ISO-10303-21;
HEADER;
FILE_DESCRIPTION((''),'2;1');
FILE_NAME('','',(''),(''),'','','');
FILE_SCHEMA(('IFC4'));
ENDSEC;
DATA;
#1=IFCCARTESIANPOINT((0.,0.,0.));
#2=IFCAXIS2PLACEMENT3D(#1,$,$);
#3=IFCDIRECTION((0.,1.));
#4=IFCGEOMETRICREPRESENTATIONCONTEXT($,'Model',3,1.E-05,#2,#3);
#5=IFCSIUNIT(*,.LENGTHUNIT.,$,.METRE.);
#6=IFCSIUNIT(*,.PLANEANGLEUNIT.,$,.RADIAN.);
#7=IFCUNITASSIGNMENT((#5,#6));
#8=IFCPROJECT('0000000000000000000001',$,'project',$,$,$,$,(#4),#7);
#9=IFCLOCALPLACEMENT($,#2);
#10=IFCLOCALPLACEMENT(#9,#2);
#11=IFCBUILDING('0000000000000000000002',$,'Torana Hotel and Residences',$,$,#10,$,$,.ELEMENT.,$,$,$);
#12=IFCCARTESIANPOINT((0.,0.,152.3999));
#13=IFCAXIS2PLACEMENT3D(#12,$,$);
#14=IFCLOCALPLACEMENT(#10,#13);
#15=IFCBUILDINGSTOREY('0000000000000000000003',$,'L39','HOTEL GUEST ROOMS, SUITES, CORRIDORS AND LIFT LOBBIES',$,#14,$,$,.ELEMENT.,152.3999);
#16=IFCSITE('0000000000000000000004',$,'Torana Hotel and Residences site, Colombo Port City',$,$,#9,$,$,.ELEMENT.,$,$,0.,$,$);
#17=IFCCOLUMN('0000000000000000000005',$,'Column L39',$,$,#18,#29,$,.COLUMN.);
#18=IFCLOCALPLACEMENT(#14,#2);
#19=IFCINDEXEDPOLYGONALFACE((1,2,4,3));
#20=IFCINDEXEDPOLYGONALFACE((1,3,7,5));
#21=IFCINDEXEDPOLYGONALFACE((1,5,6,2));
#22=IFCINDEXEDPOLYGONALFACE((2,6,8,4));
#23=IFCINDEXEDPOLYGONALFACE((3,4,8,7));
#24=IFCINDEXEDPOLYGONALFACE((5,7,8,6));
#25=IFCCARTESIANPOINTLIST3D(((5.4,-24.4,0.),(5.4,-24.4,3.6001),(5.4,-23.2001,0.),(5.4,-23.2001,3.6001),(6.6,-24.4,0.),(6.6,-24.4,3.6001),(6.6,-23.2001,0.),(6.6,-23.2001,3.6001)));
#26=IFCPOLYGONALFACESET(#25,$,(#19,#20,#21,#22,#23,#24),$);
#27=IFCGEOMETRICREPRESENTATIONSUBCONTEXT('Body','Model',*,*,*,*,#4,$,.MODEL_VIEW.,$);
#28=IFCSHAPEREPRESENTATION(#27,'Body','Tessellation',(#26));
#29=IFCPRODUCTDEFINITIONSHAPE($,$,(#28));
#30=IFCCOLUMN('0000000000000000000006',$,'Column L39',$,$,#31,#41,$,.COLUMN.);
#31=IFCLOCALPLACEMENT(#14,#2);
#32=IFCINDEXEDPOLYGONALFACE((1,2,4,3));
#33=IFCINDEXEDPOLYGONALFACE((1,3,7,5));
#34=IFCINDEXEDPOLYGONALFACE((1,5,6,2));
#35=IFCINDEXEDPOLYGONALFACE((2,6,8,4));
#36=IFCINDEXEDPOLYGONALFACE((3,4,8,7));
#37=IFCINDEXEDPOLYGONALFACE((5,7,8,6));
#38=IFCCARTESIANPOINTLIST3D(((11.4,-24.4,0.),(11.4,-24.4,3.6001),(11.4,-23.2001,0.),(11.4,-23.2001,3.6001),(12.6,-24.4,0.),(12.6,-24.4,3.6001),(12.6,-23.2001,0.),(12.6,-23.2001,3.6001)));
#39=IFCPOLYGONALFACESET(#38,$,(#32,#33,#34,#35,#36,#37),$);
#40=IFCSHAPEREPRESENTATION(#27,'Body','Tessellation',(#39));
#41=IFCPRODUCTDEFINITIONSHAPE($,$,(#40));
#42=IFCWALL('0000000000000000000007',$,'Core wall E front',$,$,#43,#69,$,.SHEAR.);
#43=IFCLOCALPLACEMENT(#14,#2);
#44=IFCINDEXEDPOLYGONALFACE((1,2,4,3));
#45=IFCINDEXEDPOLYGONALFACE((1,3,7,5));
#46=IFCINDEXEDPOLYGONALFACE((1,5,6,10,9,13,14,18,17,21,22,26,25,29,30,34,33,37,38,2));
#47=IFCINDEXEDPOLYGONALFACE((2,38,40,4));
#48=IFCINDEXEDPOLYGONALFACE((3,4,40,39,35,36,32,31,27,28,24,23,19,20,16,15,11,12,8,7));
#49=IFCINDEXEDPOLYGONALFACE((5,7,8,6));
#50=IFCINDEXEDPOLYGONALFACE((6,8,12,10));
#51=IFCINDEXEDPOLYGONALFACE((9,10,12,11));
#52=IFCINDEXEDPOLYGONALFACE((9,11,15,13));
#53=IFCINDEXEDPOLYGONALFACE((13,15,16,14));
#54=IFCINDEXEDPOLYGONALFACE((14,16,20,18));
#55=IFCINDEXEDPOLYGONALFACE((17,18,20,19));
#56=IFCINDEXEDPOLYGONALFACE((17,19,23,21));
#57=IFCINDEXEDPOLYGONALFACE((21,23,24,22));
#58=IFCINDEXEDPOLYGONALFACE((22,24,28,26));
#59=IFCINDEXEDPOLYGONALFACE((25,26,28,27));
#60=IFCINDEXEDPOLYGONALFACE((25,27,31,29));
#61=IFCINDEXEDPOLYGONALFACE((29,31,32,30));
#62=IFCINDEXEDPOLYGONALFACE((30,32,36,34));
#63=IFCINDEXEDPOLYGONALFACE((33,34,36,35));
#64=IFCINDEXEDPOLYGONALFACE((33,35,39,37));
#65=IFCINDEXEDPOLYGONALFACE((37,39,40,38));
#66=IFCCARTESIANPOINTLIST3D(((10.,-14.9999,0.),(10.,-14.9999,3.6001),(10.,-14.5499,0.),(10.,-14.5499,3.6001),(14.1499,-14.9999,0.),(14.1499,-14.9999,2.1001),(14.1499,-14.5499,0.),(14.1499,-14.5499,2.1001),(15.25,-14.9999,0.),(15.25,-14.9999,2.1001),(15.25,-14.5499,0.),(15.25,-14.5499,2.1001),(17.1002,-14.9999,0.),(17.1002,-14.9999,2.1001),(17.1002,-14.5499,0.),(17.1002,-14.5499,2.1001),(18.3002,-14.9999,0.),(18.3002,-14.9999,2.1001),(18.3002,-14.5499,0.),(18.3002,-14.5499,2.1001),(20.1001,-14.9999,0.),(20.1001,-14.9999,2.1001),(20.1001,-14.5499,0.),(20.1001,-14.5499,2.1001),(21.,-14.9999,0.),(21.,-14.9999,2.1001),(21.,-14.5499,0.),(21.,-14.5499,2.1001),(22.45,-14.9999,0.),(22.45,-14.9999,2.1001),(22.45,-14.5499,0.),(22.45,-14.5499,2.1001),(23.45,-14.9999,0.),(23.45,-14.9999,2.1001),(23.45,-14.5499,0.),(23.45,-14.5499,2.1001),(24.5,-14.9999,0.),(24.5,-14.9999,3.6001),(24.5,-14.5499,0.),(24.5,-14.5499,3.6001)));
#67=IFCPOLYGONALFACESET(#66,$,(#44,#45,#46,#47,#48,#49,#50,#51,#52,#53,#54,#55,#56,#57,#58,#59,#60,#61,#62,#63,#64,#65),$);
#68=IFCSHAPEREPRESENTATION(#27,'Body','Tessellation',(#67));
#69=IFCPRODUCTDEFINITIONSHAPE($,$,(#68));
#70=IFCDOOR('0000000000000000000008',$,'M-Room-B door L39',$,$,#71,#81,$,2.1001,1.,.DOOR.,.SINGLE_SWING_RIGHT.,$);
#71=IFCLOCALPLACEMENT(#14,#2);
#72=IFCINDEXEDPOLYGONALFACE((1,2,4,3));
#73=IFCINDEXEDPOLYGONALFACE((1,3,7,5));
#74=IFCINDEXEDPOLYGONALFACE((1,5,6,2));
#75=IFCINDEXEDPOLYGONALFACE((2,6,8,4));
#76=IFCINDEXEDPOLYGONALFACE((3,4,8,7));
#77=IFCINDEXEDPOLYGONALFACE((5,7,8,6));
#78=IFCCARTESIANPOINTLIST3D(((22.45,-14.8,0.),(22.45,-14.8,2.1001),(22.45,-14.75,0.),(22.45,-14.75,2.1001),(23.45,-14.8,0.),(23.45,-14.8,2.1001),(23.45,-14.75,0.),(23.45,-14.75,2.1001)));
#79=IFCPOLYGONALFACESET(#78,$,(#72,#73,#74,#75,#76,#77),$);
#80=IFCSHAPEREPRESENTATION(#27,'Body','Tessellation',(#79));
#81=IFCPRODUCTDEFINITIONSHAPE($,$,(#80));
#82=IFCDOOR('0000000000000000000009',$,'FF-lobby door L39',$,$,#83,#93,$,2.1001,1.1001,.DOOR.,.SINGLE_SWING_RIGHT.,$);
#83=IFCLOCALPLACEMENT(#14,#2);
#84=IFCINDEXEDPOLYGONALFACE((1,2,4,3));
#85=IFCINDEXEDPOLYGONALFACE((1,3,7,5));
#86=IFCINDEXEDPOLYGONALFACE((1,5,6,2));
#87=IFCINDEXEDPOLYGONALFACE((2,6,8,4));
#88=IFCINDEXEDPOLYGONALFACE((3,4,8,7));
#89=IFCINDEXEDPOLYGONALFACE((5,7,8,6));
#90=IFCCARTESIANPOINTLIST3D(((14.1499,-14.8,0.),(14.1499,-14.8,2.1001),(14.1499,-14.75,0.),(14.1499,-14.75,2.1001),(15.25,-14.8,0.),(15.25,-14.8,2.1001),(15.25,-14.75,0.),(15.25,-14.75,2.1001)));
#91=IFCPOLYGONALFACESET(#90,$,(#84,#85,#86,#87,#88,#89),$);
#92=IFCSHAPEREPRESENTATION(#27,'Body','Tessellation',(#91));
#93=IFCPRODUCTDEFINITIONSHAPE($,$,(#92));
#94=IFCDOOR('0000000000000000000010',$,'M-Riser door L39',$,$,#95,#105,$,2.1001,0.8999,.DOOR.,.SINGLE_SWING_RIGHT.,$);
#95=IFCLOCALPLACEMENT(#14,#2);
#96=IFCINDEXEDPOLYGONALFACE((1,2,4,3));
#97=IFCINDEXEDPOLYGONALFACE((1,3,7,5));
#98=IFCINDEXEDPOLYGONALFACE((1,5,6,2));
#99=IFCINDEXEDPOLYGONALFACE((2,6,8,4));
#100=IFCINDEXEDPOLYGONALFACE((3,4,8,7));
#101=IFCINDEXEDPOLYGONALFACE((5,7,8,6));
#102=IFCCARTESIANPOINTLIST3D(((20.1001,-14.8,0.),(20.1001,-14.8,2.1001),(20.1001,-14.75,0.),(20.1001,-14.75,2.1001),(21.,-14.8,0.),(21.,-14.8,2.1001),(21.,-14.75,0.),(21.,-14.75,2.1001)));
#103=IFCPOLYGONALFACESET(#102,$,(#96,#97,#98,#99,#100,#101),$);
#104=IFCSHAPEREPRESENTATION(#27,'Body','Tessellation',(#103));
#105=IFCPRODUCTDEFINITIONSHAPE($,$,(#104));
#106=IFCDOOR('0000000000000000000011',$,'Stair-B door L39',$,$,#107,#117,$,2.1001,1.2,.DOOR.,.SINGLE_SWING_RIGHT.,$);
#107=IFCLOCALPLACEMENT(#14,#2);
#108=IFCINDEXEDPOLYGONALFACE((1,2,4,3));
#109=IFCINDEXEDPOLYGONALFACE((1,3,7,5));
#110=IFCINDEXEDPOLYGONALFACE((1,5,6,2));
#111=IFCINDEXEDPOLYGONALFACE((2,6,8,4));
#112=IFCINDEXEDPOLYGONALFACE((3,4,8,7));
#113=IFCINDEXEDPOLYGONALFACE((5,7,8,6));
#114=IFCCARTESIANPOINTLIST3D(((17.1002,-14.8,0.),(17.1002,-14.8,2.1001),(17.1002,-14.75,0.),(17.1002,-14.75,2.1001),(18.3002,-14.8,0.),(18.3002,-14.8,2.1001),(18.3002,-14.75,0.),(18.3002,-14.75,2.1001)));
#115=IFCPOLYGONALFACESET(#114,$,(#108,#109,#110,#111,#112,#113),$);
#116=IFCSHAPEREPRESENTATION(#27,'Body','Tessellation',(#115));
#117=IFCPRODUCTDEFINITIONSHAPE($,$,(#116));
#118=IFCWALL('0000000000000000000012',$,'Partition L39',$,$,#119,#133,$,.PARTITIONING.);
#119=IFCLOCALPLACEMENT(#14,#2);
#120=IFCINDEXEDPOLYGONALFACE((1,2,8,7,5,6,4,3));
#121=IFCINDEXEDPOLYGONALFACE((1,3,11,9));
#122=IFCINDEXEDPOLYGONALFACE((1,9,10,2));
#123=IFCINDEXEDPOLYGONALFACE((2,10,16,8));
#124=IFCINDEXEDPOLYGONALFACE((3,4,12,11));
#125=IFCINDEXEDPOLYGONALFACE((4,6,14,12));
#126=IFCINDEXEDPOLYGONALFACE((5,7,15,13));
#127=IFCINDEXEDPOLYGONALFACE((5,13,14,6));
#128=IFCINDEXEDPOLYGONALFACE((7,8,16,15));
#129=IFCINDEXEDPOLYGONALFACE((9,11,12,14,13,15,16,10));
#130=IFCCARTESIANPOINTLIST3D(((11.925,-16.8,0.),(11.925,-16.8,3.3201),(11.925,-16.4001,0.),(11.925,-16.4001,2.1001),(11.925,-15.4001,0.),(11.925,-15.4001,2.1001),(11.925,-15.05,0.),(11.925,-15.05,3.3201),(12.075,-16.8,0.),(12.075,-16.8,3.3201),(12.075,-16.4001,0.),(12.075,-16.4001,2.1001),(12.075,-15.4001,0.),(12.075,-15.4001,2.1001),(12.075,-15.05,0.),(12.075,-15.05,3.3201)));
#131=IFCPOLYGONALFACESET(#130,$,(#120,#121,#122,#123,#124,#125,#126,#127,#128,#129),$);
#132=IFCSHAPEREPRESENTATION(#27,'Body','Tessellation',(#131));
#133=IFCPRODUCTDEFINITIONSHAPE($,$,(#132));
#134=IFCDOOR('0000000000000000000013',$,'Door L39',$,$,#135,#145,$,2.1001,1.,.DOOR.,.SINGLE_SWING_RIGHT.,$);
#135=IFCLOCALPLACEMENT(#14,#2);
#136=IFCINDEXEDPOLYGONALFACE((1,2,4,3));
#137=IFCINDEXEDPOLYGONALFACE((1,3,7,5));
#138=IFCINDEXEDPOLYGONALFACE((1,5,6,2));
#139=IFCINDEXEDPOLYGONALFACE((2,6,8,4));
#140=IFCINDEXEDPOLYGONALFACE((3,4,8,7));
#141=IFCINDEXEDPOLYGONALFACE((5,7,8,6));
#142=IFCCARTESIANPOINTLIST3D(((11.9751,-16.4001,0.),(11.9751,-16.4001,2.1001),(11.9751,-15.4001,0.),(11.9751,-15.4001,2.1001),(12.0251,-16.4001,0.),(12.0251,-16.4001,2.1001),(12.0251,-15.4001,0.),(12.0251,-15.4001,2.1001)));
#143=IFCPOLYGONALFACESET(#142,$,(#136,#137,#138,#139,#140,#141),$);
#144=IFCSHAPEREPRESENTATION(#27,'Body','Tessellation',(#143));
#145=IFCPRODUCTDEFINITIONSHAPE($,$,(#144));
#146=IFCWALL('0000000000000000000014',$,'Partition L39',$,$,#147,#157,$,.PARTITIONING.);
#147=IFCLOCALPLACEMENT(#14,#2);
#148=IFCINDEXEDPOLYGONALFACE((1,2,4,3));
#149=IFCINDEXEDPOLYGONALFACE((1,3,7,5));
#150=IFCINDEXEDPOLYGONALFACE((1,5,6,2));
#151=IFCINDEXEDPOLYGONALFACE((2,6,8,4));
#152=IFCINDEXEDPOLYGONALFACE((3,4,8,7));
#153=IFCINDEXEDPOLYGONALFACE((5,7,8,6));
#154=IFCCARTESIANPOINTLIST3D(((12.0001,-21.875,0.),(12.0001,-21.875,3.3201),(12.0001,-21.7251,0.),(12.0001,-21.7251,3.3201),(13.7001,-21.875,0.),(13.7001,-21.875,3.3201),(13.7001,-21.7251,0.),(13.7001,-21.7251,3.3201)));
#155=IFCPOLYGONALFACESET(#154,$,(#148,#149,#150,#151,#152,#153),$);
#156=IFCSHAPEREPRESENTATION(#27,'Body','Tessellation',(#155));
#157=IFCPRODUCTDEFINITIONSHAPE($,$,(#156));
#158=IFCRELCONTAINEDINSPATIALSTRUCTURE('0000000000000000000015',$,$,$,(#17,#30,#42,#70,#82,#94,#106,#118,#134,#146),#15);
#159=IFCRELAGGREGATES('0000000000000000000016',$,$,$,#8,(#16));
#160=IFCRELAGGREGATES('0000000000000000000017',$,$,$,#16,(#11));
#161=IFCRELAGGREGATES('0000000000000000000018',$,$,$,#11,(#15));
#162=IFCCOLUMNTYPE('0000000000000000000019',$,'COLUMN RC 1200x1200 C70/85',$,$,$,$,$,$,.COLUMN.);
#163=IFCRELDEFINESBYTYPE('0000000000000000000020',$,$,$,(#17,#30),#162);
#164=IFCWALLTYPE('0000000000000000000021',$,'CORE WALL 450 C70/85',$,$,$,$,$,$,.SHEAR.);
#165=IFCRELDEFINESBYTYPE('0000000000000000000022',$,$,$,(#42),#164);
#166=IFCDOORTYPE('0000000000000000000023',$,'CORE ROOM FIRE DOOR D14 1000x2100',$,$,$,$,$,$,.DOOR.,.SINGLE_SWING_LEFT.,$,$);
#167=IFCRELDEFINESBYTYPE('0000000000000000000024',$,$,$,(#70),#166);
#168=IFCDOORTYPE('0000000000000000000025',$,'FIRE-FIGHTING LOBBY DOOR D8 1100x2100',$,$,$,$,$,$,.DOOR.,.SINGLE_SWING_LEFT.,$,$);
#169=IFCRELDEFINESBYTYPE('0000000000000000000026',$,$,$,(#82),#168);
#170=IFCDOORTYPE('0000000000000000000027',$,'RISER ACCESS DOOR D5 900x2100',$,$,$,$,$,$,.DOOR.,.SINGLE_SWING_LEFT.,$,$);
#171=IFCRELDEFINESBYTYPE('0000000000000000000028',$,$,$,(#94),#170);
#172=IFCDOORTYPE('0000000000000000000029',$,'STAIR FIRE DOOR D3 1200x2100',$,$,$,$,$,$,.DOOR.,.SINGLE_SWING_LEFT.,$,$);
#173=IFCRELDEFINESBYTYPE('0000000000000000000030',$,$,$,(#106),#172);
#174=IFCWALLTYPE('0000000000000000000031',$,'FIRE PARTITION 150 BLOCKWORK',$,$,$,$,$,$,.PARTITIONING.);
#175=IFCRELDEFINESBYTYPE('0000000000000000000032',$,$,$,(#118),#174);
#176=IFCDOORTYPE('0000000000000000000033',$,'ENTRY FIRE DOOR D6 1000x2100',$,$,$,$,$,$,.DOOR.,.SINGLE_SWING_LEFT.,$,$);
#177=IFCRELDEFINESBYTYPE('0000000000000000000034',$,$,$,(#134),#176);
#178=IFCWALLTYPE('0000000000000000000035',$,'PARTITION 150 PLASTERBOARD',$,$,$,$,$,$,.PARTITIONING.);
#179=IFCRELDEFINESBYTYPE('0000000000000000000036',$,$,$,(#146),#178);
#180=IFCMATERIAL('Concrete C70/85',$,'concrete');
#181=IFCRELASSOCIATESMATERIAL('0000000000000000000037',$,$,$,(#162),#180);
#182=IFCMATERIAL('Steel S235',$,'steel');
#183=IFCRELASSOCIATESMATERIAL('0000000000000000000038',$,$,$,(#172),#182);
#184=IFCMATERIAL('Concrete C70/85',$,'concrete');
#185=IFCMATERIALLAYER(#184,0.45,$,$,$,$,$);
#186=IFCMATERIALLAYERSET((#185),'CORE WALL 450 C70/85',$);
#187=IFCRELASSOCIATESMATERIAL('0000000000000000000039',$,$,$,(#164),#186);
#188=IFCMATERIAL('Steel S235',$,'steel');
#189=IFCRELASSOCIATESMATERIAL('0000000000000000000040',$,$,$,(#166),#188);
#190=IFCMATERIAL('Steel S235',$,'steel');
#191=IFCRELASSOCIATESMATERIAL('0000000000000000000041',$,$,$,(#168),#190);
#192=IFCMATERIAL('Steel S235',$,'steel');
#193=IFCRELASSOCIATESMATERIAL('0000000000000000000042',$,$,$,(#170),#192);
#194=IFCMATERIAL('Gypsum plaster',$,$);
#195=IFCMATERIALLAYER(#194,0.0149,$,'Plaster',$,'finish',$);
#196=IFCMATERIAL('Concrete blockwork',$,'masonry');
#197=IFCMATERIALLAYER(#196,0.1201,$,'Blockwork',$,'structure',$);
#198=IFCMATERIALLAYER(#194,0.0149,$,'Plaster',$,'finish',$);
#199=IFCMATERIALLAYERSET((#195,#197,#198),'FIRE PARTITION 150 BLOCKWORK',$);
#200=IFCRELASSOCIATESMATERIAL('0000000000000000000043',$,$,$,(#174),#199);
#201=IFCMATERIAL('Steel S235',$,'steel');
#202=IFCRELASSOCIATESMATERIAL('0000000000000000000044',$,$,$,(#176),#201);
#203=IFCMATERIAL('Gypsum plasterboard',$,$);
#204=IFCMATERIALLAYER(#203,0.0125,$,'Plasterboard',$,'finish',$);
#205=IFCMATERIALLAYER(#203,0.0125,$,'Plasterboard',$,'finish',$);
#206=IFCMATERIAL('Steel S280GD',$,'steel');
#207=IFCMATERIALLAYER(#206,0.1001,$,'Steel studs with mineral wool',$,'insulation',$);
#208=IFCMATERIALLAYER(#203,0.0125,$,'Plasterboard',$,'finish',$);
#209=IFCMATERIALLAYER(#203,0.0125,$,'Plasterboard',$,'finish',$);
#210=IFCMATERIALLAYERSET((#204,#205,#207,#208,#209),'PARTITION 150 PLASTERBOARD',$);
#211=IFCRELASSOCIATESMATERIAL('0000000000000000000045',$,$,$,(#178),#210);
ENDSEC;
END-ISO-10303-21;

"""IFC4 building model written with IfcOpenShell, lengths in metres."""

from ifc_helpers import new_model, si_unit, direction, frame, frame_2d, origin, origin_2d, place, context, subcontext, project, spatial, rectangle, extrude, material, layer, layer_set, material_profile, profile_set, type_object, element, fill, save


model = new_model("IFC4")

# Units and contexts
model_context = context("Model", 3, precision=1e-05, world=origin(), true_north=direction((0.0, 1.0)))
body_context = subcontext(model_context, "Body", "Model", "MODEL_VIEW")
ifc_project = project(units=[si_unit("LENGTHUNIT", "METRE"), si_unit("PLANEANGLEUNIT", "RADIAN")], contexts=[model_context])

# Site, building, storey
site_placement = place(None, origin())
site = spatial("IfcSite", under=ifc_project, at=site_placement, Name="Torana Hotel and Residences site, Colombo Port City", CompositionType="ELEMENT", RefElevation=0.0)
building_placement = place(site_placement, origin())
building = spatial("IfcBuilding", under=site, at=building_placement, Name="Torana Hotel and Residences", CompositionType="ELEMENT")
storey_placement = place(building_placement, frame((0.0, 0.0, 152.3999)))
storey = spatial("IfcBuildingStorey", under=building, at=storey_placement, Name="L39", Description="HOTEL GUEST ROOMS, SUITES, CORRIDORS AND LIFT LOBBIES", CompositionType="ELEMENT", Elevation=152.3999)

# Columns
ifc_material_1 = material(Name="Concrete C70/85", Category="concrete")
ifc_material_profile = material_profile(ifc_material_1, rectangle(XDim=1.2, YDim=1.2, at=origin_2d()), Name="RC 1200x1200")
ifc_profile_set = profile_set([ifc_material_profile], Name="Concrete C70/85")
column_type = type_object("IfcColumnType", Name="COLUMN RC 1200x1200 C70/85", PredefinedType="COLUMN", material=ifc_profile_set)
for number, where, z_axis, x_axis, name in (
    (1, (6.0, -23.8, 0.0), (0.0, 0.0, 1.0), (1.0, 0.0, 0.0), "Column L39"),
    (2, (12.0, -23.8, 0.0), (0.0, 0.0, 1.0), (1.0, 0.0, 0.0), "Column L39"),
):
    element("IfcColumn", number, at=place(storey_placement, frame(where, z_axis=z_axis, x_axis=x_axis)), inside=storey, type_object=column_type, Name=name, PredefinedType="COLUMN", context=body_context, shape_type="SweptSolid", body=[
        extrude(rectangle(XDim=1.2, YDim=1.2, at=origin_2d()), origin(), (0.0, 0.0, 1.0), 3.6001),
    ])

# Wall, openings, doors
ifc_material_2 = material(Name="Steel S235", Category="steel")
door_type_1 = type_object("IfcDoorType", Name="STAIR FIRE DOOR D3 1200x2100", OperationType="SINGLE_SWING_LEFT", PredefinedType="DOOR", material=ifc_material_2)
ifc_material_3 = material(Name="Concrete C70/85", Category="concrete")
ifc_layer_1 = layer(ifc_material_3, 0.45)
ifc_layer_set_1 = layer_set([ifc_layer_1], Name="CORE WALL 450 C70/85")
wall_type_1 = type_object("IfcWallType", Name="CORE WALL 450 C70/85", PredefinedType="SHEAR", material=ifc_layer_set_1)
wall_1_placement = place(storey_placement, frame((10.0, -14.7749, 0.0), z_axis=(0.0, 0.0, 1.0), x_axis=(1.0, 0.0, 0.0)))
wall_1 = element("IfcWall", 3, at=wall_1_placement, inside=storey, type_object=wall_type_1, Name="Core wall E front", PredefinedType="SHEAR", context=body_context, shape_type="SweptSolid", body=[
    extrude(rectangle(XDim=14.5, YDim=0.45, at=frame_2d((7.25, 0.0))), origin(), (0.0, 0.0, 1.0), 3.6001),
])
opening_1_placement = place(wall_1_placement, frame((7.1001, 0.0, 0.0)))
opening_1 = element("IfcOpeningElement", 4, at=opening_1_placement, cuts=wall_1, PredefinedType="OPENING", context=body_context, shape_type="SweptSolid", body=[
    extrude(rectangle(XDim=1.2, YDim=2.1001, at=frame_2d((0.6001, 1.05))), frame((0.0, 0.2349, 0.0), z_axis=(0.0, -1.0, 0.0), x_axis=(1.0, 0.0, 0.0)), (0.0, 0.0, 1.0), 0.47),
])
opening_2_placement = place(wall_1_placement, frame((4.1499, 0.0, 0.0)))
opening_2 = element("IfcOpeningElement", 5, at=opening_2_placement, cuts=wall_1, PredefinedType="OPENING", context=body_context, shape_type="SweptSolid", body=[
    extrude(rectangle(XDim=1.1001, YDim=2.1001, at=frame_2d((0.55, 1.05))), frame((0.0, 0.2349, 0.0), z_axis=(0.0, -1.0, 0.0), x_axis=(1.0, 0.0, 0.0)), (0.0, 0.0, 1.0), 0.47),
])
opening_3_placement = place(wall_1_placement, frame((10.1001, 0.0, 0.0)))
opening_3 = element("IfcOpeningElement", 6, at=opening_3_placement, cuts=wall_1, PredefinedType="OPENING", context=body_context, shape_type="SweptSolid", body=[
    extrude(rectangle(XDim=0.8999, YDim=2.1001, at=frame_2d((0.45, 1.05))), frame((0.0, 0.2349, 0.0), z_axis=(0.0, -1.0, 0.0), x_axis=(1.0, 0.0, 0.0)), (0.0, 0.0, 1.0), 0.47),
])
opening_4_placement = place(wall_1_placement, frame((12.45, 0.0, 0.0)))
opening_4 = element("IfcOpeningElement", 7, at=opening_4_placement, cuts=wall_1, PredefinedType="OPENING", context=body_context, shape_type="SweptSolid", body=[
    extrude(rectangle(XDim=1.0, YDim=2.1001, at=frame_2d((0.5, 1.05))), frame((0.0, 0.2349, 0.0), z_axis=(0.0, -1.0, 0.0), x_axis=(1.0, 0.0, 0.0)), (0.0, 0.0, 1.0), 0.47),
])
ifc_material_4 = material(Name="Steel S235", Category="steel")
door_type_2 = type_object("IfcDoorType", Name="CORE ROOM FIRE DOOR D14 1000x2100", OperationType="SINGLE_SWING_LEFT", PredefinedType="DOOR", material=ifc_material_4)
door_1_placement = place(opening_4_placement, origin())
door_1 = element("IfcDoor", 8, at=door_1_placement, inside=storey, type_object=door_type_2, Name="M-Room-B door L39", OperationType="SINGLE_SWING_RIGHT", OverallHeight=2.1001, OverallWidth=1.0, PredefinedType="DOOR", context=body_context, shape_type="SweptSolid", body=[
    extrude(rectangle(XDim=1.0, YDim=2.1001, at=frame_2d((0.5, 1.05))), frame((0.0, 0.0249, 0.0), z_axis=(0.0, -1.0, 0.0), x_axis=(1.0, 0.0, 0.0)), (0.0, 0.0, 1.0), 0.05),
])
fill(opening_4, door_1)
ifc_material_5 = material(Name="Steel S235", Category="steel")
door_type_3 = type_object("IfcDoorType", Name="FIRE-FIGHTING LOBBY DOOR D8 1100x2100", OperationType="SINGLE_SWING_LEFT", PredefinedType="DOOR", material=ifc_material_5)
door_2_placement = place(opening_2_placement, origin())
door_2 = element("IfcDoor", 9, at=door_2_placement, inside=storey, type_object=door_type_3, Name="FF-lobby door L39", OperationType="SINGLE_SWING_RIGHT", OverallHeight=2.1001, OverallWidth=1.1001, PredefinedType="DOOR", context=body_context, shape_type="SweptSolid", body=[
    extrude(rectangle(XDim=1.1001, YDim=2.1001, at=frame_2d((0.55, 1.05))), frame((0.0, 0.0249, 0.0), z_axis=(0.0, -1.0, 0.0), x_axis=(1.0, 0.0, 0.0)), (0.0, 0.0, 1.0), 0.05),
])
fill(opening_2, door_2)
ifc_material_6 = material(Name="Steel S235", Category="steel")
door_type_4 = type_object("IfcDoorType", Name="RISER ACCESS DOOR D5 900x2100", OperationType="SINGLE_SWING_LEFT", PredefinedType="DOOR", material=ifc_material_6)
door_3_placement = place(opening_3_placement, origin())
door_3 = element("IfcDoor", 10, at=door_3_placement, inside=storey, type_object=door_type_4, Name="M-Riser door L39", OperationType="SINGLE_SWING_RIGHT", OverallHeight=2.1001, OverallWidth=0.8999, PredefinedType="DOOR", context=body_context, shape_type="SweptSolid", body=[
    extrude(rectangle(XDim=0.8999, YDim=2.1001, at=frame_2d((0.45, 1.05))), frame((0.0, 0.0249, 0.0), z_axis=(0.0, -1.0, 0.0), x_axis=(1.0, 0.0, 0.0)), (0.0, 0.0, 1.0), 0.05),
])
fill(opening_3, door_3)
door_4_placement = place(opening_1_placement, origin())
door_4 = element("IfcDoor", 11, at=door_4_placement, inside=storey, type_object=door_type_1, Name="Stair-B door L39", OperationType="SINGLE_SWING_RIGHT", OverallHeight=2.1001, OverallWidth=1.2, PredefinedType="DOOR", context=body_context, shape_type="SweptSolid", body=[
    extrude(rectangle(XDim=1.2, YDim=2.1001, at=frame_2d((0.6001, 1.05))), frame((0.0, 0.0249, 0.0), z_axis=(0.0, -1.0, 0.0), x_axis=(1.0, 0.0, 0.0)), (0.0, 0.0, 1.0), 0.05),
])
fill(opening_1, door_4)

# Wall, opening, door
ifc_material_7 = material(Name="Gypsum plaster")
ifc_layer_2 = layer(ifc_material_7, 0.0149, Name="Plaster", Category="finish")
ifc_material_8 = material(Name="Concrete blockwork", Category="masonry")
ifc_layer_3 = layer(ifc_material_8, 0.1201, Name="Blockwork", Category="structure")
ifc_layer_4 = layer(ifc_material_7, 0.0149, Name="Plaster", Category="finish")
ifc_layer_set_2 = layer_set([ifc_layer_2, ifc_layer_3, ifc_layer_4], Name="FIRE PARTITION 150 BLOCKWORK")
wall_type_2 = type_object("IfcWallType", Name="FIRE PARTITION 150 BLOCKWORK", PredefinedType="PARTITIONING", material=ifc_layer_set_2)
wall_2_placement = place(storey_placement, frame((12.0, -16.8, 0.0), z_axis=(0.0, 0.0, 1.0), x_axis=(0.0, 1.0, 0.0)))
wall_2 = element("IfcWall", 12, at=wall_2_placement, inside=storey, type_object=wall_type_2, Name="Partition L39", PredefinedType="PARTITIONING", context=body_context, shape_type="SweptSolid", body=[
    extrude(rectangle(XDim=1.75, YDim=0.1499, at=frame_2d((0.875, 0.0))), origin(), (0.0, 0.0, 1.0), 3.3201),
])
opening_5_placement = place(wall_2_placement, frame((0.3999, 0.0, 0.0)))
opening_5 = element("IfcOpeningElement", 13, at=opening_5_placement, cuts=wall_2, PredefinedType="OPENING", context=body_context, shape_type="SweptSolid", body=[
    extrude(rectangle(XDim=1.0, YDim=2.1001, at=frame_2d((0.5, 1.05))), frame((0.0, 0.085, 0.0), z_axis=(0.0, -1.0, 0.0), x_axis=(1.0, 0.0, 0.0)), (0.0, 0.0, 1.0), 0.1699),
])
ifc_material_9 = material(Name="Steel S235", Category="steel")
door_type_5 = type_object("IfcDoorType", Name="ENTRY FIRE DOOR D6 1000x2100", OperationType="SINGLE_SWING_LEFT", PredefinedType="DOOR", material=ifc_material_9)
door_5_placement = place(opening_5_placement, origin())
door_5 = element("IfcDoor", 14, at=door_5_placement, inside=storey, type_object=door_type_5, Name="Door L39", OperationType="SINGLE_SWING_RIGHT", OverallHeight=2.1001, OverallWidth=1.0, PredefinedType="DOOR", context=body_context, shape_type="SweptSolid", body=[
    extrude(rectangle(XDim=1.0, YDim=2.1001, at=frame_2d((0.5, 1.05))), frame((0.0, 0.0249, 0.0), z_axis=(0.0, -1.0, 0.0), x_axis=(1.0, 0.0, 0.0)), (0.0, 0.0, 1.0), 0.05),
])
fill(opening_5, door_5)

# Wall
ifc_material_10 = material(Name="Gypsum plasterboard")
ifc_layer_5 = layer(ifc_material_10, 0.0125, Name="Plasterboard", Category="finish")
ifc_layer_6 = layer(ifc_material_10, 0.0125, Name="Plasterboard", Category="finish")
ifc_material_11 = material(Name="Steel S280GD", Category="steel")
ifc_layer_7 = layer(ifc_material_11, 0.1001, Name="Steel studs with mineral wool", Category="insulation")
ifc_layer_8 = layer(ifc_material_10, 0.0125, Name="Plasterboard", Category="finish")
ifc_layer_9 = layer(ifc_material_10, 0.0125, Name="Plasterboard", Category="finish")
ifc_layer_set_3 = layer_set([ifc_layer_5, ifc_layer_6, ifc_layer_7, ifc_layer_8, ifc_layer_9], Name="PARTITION 150 PLASTERBOARD")
wall_type_3 = type_object("IfcWallType", Name="PARTITION 150 PLASTERBOARD", PredefinedType="PARTITIONING", material=ifc_layer_set_3)
wall_3_placement = place(storey_placement, frame((12.0, -21.8, 0.0), z_axis=(0.0, 0.0, 1.0), x_axis=(1.0, 0.0, 0.0)))
element("IfcWall", 15, at=wall_3_placement, inside=storey, type_object=wall_type_3, Name="Partition L39", PredefinedType="PARTITIONING", context=body_context, shape_type="SweptSolid", body=[
    extrude(rectangle(XDim=1.7, YDim=0.1499, at=frame_2d((0.8501, 0.0))), origin(), (0.0, 0.0, 1.0), 3.3201),
])

save(model, "model.ifc")
